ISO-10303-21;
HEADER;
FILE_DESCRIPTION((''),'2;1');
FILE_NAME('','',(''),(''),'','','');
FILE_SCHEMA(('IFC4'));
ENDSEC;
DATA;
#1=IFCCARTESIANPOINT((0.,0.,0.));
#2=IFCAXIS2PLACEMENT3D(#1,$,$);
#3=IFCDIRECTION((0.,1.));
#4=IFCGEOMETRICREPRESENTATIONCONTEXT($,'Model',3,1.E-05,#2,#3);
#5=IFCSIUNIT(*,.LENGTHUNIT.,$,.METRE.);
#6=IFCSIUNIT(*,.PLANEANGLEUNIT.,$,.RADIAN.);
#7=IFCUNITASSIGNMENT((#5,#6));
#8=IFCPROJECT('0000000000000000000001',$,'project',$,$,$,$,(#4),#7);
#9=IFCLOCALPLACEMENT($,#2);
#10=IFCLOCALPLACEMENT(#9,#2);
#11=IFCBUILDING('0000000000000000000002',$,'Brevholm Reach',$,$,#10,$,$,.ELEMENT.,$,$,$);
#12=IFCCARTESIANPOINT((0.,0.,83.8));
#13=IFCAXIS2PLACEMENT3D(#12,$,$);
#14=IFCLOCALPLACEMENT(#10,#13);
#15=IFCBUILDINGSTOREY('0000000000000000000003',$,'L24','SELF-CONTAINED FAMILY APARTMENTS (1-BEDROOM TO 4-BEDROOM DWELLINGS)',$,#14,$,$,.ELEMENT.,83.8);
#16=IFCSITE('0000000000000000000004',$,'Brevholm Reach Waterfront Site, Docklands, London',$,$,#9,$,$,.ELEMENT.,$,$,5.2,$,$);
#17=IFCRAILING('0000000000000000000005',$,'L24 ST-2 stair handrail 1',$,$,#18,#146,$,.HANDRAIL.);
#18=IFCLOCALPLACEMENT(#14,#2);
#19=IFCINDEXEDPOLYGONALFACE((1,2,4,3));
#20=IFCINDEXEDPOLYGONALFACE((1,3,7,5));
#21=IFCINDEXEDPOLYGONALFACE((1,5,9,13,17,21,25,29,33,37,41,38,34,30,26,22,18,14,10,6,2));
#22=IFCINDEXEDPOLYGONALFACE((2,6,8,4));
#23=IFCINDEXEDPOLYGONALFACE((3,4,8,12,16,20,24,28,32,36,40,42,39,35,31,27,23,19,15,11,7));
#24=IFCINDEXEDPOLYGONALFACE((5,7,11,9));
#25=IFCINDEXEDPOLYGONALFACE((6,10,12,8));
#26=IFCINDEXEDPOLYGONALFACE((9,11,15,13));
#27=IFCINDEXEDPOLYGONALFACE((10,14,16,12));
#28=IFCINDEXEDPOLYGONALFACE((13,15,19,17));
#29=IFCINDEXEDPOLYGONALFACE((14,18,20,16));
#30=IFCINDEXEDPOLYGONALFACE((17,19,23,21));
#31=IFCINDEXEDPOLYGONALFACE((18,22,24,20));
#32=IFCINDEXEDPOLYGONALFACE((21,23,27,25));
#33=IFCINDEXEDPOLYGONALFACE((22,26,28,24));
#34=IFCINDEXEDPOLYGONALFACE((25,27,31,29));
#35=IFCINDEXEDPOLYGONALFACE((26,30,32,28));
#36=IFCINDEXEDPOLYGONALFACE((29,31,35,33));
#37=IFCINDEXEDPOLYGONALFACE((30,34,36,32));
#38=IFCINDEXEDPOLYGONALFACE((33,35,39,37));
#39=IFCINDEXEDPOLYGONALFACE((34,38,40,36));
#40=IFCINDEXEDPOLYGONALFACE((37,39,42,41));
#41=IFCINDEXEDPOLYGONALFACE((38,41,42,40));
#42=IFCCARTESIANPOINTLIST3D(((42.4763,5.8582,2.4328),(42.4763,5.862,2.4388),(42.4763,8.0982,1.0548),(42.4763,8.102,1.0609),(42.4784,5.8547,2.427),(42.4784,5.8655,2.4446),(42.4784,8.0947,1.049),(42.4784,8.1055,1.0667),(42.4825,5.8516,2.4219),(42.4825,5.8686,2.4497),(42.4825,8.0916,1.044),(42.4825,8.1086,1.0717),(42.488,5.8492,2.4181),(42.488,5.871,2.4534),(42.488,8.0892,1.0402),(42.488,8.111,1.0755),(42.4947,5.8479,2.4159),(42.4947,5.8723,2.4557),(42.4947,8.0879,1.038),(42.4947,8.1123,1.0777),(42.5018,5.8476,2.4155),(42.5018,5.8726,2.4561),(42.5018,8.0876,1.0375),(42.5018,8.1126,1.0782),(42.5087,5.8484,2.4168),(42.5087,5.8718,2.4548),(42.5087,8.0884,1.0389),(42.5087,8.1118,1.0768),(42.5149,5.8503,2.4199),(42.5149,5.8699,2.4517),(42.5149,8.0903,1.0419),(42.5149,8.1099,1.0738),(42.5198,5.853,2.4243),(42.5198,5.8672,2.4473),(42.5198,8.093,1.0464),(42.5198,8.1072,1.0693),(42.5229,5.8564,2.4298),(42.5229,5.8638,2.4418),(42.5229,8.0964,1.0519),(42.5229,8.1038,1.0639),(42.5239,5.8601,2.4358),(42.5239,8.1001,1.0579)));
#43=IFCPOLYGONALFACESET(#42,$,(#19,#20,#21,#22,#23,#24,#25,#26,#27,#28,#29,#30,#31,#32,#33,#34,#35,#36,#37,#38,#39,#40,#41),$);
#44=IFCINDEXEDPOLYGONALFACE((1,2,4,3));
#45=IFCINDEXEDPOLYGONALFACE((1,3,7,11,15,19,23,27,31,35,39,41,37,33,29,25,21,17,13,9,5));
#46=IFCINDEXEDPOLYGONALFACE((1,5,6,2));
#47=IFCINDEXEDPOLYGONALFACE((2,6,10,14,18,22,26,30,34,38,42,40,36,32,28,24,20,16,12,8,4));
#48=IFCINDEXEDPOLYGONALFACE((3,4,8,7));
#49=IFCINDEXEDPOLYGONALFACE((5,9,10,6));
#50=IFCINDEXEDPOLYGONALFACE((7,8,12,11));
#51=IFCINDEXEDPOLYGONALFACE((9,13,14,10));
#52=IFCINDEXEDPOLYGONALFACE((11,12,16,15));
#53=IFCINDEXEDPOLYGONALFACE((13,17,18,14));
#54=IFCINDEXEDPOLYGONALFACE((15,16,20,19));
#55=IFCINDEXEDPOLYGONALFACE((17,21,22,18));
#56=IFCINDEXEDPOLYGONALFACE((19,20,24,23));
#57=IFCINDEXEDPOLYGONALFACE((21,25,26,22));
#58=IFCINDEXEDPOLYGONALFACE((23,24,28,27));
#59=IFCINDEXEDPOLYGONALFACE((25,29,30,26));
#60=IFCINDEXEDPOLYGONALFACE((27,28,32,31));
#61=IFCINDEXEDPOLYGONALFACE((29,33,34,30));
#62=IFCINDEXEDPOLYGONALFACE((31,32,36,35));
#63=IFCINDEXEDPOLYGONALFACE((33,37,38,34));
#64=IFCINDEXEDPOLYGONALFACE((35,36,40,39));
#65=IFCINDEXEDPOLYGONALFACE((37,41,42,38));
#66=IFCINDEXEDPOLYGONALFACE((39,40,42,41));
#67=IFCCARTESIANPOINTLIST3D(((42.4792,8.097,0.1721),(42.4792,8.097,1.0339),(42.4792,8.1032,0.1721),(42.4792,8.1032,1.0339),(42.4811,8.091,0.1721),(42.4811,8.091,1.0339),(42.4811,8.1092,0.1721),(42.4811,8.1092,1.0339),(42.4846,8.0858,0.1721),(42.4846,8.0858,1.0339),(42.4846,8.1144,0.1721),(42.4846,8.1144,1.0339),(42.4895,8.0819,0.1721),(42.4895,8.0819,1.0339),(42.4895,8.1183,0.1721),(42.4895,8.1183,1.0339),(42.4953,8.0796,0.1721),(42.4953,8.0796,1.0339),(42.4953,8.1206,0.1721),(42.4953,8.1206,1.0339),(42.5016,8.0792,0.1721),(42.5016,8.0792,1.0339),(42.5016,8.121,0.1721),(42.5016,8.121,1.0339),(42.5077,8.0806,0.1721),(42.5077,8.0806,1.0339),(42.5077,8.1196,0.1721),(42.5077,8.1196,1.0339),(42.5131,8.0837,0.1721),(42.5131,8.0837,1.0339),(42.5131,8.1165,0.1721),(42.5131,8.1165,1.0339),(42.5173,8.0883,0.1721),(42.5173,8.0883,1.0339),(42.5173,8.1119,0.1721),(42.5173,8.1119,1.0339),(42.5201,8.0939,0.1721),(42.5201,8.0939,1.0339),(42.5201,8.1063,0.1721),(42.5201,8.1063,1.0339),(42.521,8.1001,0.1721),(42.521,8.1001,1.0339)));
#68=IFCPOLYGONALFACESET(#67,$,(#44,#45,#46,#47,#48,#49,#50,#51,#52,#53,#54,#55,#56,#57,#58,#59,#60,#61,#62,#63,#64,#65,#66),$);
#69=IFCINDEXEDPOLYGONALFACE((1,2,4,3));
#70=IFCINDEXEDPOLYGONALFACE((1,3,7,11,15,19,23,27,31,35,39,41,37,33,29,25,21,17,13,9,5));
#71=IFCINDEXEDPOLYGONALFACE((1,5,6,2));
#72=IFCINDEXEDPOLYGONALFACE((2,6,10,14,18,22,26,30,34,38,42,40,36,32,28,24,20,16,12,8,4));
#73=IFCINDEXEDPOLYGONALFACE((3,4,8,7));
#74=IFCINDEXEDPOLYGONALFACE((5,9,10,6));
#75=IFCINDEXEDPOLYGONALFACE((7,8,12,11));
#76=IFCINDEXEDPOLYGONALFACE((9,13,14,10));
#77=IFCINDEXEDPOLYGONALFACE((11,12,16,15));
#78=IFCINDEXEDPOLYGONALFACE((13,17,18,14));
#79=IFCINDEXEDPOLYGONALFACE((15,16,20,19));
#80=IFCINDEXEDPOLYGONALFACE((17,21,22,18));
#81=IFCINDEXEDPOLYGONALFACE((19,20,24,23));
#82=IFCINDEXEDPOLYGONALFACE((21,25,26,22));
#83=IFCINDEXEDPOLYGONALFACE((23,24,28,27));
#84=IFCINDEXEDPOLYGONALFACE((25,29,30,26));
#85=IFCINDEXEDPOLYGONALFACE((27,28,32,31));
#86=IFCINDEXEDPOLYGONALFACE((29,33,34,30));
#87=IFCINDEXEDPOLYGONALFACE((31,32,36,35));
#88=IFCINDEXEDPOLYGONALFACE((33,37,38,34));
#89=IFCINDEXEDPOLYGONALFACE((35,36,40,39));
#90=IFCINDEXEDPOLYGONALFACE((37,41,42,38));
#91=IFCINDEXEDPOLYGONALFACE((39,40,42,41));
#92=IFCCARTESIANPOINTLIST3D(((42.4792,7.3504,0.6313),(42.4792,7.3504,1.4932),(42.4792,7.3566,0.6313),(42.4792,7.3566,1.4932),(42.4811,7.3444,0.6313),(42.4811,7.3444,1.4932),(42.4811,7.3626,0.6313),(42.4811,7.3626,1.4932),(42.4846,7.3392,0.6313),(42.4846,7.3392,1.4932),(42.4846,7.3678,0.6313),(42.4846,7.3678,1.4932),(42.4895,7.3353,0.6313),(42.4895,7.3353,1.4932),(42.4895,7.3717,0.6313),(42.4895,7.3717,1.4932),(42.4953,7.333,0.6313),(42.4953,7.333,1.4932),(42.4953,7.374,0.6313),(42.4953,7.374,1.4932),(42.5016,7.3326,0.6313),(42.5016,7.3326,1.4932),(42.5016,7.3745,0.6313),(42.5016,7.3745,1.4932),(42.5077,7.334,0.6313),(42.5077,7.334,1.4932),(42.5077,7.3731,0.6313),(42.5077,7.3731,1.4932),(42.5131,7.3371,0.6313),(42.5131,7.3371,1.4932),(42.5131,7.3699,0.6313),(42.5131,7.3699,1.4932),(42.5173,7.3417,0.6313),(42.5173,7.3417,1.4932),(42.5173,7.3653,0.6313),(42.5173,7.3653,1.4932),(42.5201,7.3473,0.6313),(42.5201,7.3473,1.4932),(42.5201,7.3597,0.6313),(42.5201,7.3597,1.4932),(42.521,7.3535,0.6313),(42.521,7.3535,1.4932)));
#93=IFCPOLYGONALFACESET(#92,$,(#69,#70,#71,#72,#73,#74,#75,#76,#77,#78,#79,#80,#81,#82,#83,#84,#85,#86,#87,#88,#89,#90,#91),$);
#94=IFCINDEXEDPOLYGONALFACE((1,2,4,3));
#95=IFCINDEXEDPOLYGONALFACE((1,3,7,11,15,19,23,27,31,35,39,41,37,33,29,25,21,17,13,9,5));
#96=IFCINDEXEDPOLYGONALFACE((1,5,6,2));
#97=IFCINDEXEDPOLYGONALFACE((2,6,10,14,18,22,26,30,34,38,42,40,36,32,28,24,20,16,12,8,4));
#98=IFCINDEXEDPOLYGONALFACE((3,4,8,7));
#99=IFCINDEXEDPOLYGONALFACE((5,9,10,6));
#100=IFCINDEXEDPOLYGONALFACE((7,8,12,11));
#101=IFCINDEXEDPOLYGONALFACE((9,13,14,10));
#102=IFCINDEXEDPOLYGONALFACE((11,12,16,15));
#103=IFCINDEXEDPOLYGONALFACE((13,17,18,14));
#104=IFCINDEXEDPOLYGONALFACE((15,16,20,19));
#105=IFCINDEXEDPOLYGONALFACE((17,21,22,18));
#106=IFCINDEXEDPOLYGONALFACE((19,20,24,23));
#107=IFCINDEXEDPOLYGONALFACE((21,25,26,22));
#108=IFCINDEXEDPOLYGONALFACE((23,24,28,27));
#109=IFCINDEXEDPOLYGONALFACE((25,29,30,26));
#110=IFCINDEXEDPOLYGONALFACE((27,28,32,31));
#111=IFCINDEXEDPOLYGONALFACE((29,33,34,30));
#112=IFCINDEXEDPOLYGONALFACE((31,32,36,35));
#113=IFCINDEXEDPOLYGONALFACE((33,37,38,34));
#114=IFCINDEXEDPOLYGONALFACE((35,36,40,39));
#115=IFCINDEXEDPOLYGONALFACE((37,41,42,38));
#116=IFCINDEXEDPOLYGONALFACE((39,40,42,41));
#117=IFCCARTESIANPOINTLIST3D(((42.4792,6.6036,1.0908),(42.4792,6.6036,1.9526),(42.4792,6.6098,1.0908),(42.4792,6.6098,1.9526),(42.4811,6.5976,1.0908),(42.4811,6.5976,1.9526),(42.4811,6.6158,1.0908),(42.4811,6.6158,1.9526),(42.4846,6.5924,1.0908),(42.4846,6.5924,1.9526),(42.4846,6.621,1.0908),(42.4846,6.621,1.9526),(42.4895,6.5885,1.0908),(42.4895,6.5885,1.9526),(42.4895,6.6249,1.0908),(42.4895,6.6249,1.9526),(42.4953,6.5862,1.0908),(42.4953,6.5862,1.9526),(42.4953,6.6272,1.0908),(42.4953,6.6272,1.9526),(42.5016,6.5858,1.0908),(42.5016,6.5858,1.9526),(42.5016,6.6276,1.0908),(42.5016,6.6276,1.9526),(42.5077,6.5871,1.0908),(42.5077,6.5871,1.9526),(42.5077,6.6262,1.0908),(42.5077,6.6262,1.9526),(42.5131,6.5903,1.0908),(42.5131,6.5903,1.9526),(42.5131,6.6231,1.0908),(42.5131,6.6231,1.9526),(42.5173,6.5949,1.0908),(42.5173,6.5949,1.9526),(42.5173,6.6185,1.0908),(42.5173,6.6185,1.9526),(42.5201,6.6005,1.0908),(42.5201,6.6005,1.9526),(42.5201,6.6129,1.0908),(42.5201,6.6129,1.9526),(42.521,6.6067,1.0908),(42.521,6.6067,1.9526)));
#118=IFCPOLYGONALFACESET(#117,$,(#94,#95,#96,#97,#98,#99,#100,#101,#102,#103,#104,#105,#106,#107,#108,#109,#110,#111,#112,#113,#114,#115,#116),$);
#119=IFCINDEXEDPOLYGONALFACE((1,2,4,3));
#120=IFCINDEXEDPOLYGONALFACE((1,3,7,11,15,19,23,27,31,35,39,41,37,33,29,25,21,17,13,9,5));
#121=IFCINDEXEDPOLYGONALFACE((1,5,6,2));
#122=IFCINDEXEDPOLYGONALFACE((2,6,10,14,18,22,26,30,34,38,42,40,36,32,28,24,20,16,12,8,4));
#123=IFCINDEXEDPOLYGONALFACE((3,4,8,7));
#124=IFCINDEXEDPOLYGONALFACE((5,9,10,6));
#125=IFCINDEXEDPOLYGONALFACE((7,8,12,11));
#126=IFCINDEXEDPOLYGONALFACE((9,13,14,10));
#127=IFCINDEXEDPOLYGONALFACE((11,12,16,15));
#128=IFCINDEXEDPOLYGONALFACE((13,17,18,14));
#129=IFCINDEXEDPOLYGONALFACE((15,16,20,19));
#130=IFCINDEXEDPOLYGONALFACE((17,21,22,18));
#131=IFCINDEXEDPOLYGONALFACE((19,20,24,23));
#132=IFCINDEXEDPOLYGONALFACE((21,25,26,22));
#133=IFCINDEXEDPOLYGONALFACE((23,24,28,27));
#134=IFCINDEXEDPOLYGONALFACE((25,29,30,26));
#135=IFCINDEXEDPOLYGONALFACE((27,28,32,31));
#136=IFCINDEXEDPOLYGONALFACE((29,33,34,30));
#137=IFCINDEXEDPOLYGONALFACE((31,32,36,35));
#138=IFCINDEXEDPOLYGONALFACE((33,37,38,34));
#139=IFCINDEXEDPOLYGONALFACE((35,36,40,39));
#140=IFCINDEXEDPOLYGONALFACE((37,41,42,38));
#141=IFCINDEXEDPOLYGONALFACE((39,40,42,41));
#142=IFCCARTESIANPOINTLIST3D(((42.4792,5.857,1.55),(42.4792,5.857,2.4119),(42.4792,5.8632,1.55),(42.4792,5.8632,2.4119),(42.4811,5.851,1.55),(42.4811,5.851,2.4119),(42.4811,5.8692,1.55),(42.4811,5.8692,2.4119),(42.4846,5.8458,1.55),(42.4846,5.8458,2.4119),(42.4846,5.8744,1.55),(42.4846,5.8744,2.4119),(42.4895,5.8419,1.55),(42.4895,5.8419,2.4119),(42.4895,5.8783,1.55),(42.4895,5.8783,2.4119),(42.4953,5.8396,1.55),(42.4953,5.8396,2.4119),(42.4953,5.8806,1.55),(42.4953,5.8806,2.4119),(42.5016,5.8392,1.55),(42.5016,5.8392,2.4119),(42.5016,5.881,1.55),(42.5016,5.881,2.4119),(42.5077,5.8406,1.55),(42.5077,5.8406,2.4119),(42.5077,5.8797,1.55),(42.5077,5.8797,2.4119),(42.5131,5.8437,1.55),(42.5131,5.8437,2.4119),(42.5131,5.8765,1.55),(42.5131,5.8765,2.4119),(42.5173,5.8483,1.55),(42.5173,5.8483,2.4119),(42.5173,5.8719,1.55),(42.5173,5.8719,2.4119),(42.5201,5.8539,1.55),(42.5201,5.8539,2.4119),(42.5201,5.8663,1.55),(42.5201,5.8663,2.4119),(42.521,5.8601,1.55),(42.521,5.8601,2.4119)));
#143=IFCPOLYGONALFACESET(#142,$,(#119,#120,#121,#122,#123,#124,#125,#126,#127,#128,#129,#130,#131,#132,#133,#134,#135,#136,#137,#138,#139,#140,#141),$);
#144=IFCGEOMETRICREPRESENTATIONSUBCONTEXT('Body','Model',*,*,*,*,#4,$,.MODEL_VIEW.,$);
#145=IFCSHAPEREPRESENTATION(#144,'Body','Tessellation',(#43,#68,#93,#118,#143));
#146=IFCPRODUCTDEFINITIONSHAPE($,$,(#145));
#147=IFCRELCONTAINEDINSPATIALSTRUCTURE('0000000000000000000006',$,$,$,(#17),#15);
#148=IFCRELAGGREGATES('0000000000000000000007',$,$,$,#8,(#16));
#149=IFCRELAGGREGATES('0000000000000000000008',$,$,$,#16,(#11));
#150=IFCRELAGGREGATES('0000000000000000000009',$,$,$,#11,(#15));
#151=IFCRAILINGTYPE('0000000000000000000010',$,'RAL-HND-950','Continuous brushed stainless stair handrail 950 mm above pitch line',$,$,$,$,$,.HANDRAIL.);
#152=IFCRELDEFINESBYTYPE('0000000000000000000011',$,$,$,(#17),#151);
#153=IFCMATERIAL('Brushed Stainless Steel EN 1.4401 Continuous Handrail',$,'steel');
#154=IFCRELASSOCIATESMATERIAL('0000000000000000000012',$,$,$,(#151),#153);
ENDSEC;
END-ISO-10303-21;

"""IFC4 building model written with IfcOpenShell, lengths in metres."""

from ifc_helpers import new_model, si_unit, direction, frame, origin, origin_2d, place, context, subcontext, project, spatial, circle, extrude, material, type_object, element, save


model = new_model("IFC4")

# Units and contexts
model_context = context("Model", 3, precision=1e-05, world=origin(), true_north=direction((0.0, 1.0)))
body_context = subcontext(model_context, "Body", "Model", "MODEL_VIEW")
ifc_project = project(units=[si_unit("LENGTHUNIT", "METRE"), si_unit("PLANEANGLEUNIT", "RADIAN")], contexts=[model_context])

# Site, building, storey
site_placement = place(None, origin())
site = spatial("IfcSite", under=ifc_project, at=site_placement, Name="Brevholm Reach Waterfront Site, Docklands, London", CompositionType="ELEMENT", RefElevation=5.2)
building_placement = place(site_placement, origin())
building = spatial("IfcBuilding", under=site, at=building_placement, Name="Brevholm Reach", CompositionType="ELEMENT")
storey_placement = place(building_placement, frame((0.0, 0.0, 83.8)))
storey = spatial("IfcBuildingStorey", under=building, at=storey_placement, Name="L24", Description="SELF-CONTAINED FAMILY APARTMENTS (1-BEDROOM TO 4-BEDROOM DWELLINGS)", CompositionType="ELEMENT", Elevation=83.8)

# Railing
ifc_material_1 = material(Name="Brushed Stainless Steel EN 1.4401 Continuous Handrail", Category="steel")
railing_type_1 = type_object("IfcRailingType", Name="RAL-HND-950", Description="Continuous brushed stainless stair handrail 950 mm above pitch line", PredefinedType="HANDRAIL", material=ifc_material_1)
railing_1_placement = place(storey_placement, frame((42.5, 8.1001, 0.1721)))
element("IfcRailing", 1, at=railing_1_placement, inside=storey, type_object=railing_type_1, Name="L24 ST-2 stair handrail 1", PredefinedType="HANDRAIL", context=body_context, shape_type="SweptSolid", body=[
    extrude(circle(Radius=0.0239, at=origin_2d()), frame((0.0, 0.0, 0.8857), z_axis=(0.0, -0.851748, 0.523952), x_axis=(1.0, 0.0, 0.0)), (0.0, 0.0, 1.0), 2.6299),
    extrude(circle(Radius=0.021, at=origin_2d()), origin(), (0.0, 0.0, 1.0), 0.8618),
    extrude(circle(Radius=0.021, at=origin_2d()), frame((0.0, -0.7466, 0.4592)), (0.0, 0.0, 1.0), 0.8618),
    extrude(circle(Radius=0.021, at=origin_2d()), frame((0.0, -1.4934, 0.9187)), (0.0, 0.0, 1.0), 0.8618),
    extrude(circle(Radius=0.021, at=origin_2d()), frame((0.0, -2.24, 1.3779)), (0.0, 0.0, 1.0), 0.8618),
])

save(model, "model.ifc")
